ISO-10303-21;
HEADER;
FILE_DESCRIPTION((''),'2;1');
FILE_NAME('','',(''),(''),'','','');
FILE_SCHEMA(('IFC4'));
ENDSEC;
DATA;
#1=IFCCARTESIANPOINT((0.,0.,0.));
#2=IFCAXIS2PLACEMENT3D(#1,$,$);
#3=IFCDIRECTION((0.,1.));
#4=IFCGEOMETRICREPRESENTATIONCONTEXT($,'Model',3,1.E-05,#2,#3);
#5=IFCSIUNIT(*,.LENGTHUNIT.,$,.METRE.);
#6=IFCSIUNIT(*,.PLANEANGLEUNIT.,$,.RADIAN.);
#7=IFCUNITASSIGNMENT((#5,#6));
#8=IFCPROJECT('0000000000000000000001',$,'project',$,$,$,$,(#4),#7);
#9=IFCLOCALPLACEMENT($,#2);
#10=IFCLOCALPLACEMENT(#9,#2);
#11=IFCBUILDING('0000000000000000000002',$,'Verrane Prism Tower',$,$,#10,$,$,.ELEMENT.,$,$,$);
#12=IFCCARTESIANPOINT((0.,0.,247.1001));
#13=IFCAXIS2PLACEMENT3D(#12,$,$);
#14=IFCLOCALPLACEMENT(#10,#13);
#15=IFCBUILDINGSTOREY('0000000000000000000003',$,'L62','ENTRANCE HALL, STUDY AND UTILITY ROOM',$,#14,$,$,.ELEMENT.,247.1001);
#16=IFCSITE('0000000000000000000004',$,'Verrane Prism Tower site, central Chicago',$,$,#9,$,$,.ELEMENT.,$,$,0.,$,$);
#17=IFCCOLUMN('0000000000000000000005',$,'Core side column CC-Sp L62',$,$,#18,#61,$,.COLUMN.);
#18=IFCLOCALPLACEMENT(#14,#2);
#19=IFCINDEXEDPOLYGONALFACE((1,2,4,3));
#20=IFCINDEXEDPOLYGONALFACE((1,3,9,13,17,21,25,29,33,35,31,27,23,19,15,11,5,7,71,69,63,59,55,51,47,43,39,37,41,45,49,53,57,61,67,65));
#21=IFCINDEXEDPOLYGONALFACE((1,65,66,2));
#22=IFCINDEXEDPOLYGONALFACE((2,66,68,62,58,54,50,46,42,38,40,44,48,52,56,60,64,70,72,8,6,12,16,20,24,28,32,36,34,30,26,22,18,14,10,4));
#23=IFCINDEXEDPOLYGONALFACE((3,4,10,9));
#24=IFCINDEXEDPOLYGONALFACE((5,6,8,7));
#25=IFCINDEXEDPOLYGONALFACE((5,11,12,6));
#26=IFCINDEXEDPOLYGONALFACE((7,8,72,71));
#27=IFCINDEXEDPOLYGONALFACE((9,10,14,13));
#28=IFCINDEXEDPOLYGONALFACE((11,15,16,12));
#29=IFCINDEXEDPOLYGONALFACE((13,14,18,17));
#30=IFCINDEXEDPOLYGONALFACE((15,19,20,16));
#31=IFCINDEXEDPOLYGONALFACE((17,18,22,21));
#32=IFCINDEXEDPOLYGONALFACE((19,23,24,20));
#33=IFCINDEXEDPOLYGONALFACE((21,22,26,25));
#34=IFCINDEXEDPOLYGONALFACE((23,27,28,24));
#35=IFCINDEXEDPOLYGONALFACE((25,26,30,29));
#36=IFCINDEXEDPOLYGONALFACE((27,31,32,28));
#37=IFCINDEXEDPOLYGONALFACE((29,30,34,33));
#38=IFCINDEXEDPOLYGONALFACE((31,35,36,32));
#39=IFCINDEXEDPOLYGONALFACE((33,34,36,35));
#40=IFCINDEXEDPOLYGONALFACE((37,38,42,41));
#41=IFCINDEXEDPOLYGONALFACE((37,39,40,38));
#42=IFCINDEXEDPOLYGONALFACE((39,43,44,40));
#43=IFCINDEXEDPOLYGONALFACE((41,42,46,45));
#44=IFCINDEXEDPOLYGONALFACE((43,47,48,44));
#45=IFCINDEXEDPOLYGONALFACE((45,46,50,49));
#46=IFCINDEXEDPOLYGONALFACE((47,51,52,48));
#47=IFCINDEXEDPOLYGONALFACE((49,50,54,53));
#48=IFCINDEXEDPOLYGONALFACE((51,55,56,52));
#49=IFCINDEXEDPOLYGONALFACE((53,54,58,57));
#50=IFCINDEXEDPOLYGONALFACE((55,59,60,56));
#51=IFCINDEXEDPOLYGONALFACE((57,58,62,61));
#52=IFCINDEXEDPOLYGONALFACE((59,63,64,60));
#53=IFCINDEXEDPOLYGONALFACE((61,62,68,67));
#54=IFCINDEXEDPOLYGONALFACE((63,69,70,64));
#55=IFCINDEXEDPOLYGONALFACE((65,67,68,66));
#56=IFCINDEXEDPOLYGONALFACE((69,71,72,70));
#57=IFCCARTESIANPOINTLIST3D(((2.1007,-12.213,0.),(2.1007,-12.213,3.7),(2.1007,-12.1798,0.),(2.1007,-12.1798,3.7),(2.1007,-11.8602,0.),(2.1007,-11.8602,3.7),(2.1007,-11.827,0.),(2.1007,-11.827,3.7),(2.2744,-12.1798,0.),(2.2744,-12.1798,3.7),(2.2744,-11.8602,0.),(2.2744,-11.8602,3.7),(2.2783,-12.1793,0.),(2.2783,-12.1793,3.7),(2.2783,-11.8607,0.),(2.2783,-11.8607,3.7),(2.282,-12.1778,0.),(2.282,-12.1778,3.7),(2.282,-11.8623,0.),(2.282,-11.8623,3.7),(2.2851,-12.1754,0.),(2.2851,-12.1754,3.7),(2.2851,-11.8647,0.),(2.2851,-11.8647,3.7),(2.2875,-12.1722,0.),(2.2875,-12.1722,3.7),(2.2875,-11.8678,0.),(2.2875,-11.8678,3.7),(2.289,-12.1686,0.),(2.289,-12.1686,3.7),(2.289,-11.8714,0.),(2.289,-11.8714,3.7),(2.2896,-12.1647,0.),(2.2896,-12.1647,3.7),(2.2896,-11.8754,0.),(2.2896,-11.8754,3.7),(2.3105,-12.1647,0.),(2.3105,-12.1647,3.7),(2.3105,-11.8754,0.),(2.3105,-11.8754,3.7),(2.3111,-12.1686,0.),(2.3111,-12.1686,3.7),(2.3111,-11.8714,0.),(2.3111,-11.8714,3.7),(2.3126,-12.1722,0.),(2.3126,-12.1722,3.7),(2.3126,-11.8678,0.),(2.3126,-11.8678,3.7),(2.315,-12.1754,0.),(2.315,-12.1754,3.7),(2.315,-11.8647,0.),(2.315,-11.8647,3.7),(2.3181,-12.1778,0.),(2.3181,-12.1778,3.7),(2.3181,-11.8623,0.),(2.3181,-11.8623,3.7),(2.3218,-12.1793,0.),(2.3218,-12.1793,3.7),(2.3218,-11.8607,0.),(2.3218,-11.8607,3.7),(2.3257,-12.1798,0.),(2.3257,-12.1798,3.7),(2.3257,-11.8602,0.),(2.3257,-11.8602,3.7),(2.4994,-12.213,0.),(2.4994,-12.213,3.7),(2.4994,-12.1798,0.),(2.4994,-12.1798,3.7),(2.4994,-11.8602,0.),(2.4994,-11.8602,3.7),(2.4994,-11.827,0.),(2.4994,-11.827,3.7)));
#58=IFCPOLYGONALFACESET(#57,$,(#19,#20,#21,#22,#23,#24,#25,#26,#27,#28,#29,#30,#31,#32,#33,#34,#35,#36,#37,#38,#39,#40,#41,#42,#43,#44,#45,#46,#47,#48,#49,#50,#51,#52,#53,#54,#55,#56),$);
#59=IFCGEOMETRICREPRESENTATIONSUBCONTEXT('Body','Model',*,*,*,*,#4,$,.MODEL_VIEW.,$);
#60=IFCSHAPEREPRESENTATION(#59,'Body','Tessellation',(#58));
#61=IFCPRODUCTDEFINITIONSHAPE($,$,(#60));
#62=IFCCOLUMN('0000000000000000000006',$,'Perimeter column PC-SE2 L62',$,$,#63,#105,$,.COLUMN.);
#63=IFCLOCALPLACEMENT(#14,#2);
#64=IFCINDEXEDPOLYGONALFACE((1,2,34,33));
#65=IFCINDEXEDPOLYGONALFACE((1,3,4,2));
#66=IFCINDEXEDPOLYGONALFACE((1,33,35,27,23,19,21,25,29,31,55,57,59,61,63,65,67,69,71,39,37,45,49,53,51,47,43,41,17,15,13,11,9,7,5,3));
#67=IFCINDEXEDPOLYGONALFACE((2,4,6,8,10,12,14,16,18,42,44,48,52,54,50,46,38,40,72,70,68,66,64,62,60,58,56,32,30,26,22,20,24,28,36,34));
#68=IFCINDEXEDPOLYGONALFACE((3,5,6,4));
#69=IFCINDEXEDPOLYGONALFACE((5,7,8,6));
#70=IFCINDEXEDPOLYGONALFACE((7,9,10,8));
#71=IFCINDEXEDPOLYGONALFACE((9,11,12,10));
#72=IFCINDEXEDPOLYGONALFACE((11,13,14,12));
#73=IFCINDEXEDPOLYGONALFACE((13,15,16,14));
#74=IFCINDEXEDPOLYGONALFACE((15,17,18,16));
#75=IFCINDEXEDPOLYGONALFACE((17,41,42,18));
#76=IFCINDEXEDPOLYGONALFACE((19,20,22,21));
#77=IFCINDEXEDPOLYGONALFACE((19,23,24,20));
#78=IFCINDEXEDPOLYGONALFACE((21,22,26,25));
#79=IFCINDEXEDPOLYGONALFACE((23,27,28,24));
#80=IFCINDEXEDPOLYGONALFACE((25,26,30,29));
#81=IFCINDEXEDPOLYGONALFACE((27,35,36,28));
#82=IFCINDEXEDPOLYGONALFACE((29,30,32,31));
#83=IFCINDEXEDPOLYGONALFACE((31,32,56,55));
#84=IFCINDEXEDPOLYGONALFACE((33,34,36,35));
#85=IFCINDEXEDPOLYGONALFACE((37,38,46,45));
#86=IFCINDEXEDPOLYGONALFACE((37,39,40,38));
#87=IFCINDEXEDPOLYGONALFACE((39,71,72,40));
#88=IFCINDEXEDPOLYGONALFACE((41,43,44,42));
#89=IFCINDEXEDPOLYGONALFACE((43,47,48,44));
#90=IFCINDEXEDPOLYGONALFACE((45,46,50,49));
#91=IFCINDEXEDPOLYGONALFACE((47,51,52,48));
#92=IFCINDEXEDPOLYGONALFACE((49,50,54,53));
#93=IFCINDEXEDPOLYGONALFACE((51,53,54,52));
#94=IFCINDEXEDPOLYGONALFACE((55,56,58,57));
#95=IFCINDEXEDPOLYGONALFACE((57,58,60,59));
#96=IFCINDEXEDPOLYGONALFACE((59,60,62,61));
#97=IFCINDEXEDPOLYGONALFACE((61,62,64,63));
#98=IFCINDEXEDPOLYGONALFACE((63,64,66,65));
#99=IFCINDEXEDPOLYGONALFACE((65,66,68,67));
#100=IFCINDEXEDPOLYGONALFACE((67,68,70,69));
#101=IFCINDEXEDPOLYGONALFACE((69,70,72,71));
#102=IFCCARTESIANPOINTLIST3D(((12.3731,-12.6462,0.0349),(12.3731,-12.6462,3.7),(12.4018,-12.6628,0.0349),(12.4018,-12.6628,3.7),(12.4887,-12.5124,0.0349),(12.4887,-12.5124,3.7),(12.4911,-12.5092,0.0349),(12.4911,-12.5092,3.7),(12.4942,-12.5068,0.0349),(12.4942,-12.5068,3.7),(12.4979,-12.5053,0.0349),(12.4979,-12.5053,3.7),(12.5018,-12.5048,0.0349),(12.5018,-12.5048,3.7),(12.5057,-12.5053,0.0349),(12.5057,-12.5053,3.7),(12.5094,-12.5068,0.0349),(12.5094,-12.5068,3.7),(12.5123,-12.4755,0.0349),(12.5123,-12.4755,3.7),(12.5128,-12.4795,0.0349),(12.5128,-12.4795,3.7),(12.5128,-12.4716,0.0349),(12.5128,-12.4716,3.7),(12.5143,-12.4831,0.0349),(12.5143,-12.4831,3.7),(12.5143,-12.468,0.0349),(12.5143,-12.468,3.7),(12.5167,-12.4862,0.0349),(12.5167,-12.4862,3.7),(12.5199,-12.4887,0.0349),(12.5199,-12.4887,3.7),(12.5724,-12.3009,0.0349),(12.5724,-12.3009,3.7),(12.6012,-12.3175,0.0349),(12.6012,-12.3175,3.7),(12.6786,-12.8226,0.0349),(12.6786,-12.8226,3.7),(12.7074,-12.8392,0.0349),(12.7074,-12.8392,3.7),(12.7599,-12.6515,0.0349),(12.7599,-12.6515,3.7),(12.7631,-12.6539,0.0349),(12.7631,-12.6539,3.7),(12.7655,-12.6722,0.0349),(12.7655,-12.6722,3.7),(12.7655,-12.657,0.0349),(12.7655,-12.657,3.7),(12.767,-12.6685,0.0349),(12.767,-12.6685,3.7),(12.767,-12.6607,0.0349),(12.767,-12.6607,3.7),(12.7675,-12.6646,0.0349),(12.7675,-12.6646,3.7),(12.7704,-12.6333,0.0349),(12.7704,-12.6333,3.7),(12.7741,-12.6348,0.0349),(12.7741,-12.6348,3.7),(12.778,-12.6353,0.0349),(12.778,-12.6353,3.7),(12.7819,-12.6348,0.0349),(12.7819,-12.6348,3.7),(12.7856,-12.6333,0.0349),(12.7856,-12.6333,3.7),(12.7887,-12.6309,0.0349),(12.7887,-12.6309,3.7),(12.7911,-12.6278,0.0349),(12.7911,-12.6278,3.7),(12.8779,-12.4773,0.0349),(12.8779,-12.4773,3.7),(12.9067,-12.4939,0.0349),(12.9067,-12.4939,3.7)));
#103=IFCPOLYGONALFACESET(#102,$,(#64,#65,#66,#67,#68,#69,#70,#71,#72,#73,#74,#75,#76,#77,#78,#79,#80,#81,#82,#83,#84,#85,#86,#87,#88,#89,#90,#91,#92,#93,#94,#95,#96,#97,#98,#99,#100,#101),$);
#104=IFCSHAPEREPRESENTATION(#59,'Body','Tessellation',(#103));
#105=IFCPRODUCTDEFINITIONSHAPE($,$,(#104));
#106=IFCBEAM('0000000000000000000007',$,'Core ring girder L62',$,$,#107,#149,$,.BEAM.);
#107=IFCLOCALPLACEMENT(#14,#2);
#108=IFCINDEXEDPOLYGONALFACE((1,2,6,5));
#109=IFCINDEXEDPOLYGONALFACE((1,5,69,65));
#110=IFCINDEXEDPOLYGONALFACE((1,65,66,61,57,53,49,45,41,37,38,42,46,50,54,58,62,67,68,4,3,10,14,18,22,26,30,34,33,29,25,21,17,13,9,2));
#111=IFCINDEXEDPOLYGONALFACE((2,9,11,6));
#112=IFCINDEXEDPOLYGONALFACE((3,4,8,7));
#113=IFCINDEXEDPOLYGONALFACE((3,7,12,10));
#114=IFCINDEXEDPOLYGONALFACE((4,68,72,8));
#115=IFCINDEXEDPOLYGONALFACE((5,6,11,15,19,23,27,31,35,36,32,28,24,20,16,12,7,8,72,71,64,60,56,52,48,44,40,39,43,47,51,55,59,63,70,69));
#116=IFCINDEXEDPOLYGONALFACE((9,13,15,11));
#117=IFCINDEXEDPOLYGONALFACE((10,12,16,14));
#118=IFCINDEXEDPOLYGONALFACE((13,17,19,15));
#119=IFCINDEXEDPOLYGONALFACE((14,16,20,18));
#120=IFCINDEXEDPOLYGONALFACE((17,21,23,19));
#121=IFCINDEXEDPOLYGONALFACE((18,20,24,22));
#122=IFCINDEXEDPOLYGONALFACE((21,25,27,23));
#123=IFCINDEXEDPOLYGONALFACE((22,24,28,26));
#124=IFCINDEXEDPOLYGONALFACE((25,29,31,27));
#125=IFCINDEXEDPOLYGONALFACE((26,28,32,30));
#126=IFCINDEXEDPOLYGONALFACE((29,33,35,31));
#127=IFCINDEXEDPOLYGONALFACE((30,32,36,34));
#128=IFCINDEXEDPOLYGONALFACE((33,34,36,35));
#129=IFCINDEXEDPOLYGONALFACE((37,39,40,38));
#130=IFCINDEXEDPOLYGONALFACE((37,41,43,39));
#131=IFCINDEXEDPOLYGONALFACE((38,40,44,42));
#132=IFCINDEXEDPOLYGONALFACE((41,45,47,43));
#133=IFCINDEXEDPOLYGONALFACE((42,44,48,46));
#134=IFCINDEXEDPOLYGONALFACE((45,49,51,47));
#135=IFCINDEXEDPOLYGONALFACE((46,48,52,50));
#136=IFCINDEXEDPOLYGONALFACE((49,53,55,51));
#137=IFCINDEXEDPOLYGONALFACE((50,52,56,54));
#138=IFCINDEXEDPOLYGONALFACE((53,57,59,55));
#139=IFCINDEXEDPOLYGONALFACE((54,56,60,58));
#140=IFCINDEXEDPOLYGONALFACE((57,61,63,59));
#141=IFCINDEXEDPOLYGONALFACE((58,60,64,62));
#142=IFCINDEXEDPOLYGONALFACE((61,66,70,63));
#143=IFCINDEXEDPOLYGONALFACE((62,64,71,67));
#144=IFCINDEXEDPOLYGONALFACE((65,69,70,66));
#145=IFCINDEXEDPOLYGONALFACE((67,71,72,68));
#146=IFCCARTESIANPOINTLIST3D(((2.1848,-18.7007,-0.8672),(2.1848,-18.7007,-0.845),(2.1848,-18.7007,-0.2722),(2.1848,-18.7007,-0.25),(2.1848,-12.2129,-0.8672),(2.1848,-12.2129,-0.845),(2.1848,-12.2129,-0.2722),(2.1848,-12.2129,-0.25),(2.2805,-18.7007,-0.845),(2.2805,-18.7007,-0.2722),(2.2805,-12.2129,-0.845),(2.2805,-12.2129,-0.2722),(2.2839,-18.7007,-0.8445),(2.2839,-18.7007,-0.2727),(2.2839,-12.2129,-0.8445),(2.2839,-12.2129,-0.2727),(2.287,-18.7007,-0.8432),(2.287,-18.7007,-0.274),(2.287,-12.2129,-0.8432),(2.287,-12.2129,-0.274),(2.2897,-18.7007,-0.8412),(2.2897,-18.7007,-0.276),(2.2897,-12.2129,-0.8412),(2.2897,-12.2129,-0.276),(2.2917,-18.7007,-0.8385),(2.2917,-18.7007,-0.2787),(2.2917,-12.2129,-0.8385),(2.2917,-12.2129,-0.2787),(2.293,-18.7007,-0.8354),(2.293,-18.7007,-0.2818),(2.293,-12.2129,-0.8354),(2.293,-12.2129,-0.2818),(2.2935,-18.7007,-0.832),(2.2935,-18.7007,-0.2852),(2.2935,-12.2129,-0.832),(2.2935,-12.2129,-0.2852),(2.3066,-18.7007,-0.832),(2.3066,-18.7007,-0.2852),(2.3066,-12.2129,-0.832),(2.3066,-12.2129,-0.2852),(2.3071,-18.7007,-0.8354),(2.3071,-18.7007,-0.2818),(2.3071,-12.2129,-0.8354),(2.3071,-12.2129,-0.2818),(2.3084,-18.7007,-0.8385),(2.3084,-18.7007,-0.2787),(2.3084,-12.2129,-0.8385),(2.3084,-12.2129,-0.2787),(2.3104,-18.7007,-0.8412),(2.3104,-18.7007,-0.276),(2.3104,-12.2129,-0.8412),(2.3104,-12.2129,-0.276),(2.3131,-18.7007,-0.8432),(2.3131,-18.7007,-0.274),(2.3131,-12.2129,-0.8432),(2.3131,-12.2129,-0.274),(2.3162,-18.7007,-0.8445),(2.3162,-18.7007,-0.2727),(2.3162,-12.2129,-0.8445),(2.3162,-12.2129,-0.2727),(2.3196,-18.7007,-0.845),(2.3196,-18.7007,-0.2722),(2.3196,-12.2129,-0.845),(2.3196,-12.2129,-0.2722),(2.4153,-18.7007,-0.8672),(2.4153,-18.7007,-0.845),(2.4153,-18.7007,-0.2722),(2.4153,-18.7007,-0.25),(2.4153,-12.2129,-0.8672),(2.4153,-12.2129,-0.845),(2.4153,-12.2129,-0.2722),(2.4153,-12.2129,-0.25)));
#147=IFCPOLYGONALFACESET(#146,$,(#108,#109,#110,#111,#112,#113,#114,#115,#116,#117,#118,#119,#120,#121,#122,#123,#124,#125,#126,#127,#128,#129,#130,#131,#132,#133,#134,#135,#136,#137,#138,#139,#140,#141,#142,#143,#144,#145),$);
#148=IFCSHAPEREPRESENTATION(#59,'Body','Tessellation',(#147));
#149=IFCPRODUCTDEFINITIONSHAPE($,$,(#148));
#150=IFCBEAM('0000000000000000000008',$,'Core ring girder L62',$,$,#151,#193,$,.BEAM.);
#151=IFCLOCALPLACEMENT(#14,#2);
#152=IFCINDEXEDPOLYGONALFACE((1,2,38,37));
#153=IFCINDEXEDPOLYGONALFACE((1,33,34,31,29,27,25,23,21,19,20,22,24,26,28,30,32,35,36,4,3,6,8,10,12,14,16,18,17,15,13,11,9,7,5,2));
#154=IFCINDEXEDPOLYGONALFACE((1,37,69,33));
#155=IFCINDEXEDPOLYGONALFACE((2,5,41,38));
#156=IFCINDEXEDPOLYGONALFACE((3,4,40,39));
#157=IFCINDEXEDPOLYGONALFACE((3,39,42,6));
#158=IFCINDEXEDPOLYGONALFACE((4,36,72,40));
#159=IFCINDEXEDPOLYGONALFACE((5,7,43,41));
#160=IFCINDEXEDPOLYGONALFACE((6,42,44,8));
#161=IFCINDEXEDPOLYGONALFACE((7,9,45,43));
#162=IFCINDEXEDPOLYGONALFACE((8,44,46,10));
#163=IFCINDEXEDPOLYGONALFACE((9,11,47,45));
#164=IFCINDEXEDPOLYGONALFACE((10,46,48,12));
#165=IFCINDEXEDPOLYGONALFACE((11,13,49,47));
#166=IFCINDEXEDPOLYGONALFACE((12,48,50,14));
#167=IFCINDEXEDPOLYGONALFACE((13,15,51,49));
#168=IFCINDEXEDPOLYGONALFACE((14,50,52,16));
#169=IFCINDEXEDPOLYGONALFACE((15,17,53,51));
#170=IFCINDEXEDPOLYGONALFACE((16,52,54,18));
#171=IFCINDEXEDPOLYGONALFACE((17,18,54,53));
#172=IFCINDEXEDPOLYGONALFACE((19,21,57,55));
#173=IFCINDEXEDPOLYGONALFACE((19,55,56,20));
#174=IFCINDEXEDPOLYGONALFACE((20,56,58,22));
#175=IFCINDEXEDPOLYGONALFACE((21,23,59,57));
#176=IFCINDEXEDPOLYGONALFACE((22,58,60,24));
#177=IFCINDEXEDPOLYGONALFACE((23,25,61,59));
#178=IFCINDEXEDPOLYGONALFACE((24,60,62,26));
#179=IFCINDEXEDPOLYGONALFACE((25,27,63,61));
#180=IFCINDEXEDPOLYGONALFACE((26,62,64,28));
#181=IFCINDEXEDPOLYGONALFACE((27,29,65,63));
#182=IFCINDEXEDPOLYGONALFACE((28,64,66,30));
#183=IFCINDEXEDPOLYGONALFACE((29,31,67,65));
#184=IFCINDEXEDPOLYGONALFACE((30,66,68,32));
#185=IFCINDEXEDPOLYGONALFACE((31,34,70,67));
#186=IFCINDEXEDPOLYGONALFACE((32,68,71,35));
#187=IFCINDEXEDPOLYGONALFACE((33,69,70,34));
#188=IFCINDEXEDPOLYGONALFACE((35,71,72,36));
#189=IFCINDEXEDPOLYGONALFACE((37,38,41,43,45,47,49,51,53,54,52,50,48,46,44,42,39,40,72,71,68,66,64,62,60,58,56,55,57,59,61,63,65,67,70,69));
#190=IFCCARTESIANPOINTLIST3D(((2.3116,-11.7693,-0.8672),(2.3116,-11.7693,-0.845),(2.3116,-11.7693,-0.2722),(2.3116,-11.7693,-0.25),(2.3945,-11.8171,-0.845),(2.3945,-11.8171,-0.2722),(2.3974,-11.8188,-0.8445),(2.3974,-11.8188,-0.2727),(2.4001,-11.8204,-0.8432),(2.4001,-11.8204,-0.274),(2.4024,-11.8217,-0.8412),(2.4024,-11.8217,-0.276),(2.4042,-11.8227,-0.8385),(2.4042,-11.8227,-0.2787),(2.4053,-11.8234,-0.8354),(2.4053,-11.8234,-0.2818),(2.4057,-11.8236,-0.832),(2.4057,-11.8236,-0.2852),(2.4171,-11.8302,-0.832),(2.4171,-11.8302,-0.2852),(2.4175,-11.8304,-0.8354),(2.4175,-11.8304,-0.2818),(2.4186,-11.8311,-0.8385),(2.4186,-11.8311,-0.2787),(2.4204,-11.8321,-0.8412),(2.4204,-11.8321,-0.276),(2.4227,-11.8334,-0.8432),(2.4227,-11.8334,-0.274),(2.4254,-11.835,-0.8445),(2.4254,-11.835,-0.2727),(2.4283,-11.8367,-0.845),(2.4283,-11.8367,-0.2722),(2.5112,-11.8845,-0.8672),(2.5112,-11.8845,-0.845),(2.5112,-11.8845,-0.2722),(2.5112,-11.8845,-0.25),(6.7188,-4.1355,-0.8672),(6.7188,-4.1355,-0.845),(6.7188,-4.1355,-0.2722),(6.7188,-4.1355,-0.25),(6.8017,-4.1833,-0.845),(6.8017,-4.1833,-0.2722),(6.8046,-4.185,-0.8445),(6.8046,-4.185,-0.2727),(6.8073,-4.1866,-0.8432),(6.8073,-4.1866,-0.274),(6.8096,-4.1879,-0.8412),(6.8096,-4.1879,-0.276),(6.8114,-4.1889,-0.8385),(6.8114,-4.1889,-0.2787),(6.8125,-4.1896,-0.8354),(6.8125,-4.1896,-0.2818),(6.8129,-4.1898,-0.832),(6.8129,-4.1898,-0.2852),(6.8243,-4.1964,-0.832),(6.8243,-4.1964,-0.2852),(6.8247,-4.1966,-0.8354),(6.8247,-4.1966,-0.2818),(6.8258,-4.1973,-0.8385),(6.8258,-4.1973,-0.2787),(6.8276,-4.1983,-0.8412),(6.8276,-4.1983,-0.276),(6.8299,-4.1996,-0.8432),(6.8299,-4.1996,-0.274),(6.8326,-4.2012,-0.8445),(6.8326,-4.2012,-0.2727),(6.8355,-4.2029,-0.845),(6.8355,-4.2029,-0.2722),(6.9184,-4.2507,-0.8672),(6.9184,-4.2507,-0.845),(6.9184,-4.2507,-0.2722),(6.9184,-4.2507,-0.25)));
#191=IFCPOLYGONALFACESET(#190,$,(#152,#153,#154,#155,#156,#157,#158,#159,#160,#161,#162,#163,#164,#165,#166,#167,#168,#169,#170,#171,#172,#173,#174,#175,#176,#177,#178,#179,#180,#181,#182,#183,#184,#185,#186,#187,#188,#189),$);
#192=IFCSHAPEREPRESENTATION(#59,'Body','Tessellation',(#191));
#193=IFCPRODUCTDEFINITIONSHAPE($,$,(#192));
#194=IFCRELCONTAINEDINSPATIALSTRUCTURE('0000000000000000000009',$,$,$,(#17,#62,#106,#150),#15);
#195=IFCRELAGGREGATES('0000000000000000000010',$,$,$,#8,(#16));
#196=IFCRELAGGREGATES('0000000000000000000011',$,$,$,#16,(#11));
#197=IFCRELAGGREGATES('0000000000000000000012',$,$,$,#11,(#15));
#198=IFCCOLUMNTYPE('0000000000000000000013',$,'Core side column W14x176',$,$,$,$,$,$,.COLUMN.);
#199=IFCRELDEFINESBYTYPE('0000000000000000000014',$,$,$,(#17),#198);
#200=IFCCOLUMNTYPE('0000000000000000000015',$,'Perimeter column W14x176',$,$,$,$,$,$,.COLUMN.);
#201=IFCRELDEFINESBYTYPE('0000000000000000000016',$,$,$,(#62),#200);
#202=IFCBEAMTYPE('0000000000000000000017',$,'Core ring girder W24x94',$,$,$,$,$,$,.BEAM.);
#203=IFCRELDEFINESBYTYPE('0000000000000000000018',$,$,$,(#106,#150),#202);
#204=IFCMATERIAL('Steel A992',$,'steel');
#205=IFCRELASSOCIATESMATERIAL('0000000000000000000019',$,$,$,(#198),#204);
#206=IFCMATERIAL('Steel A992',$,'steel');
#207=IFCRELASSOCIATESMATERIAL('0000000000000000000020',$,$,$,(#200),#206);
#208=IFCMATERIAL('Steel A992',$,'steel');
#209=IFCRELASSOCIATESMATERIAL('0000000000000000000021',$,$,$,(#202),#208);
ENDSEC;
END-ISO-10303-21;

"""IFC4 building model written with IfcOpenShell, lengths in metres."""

from ifc_helpers import new_model, si_unit, direction, frame, origin, origin_2d, place, context, subcontext, project, spatial, i_section, extrude, material, material_profile, profile_set, type_object, element, save


model = new_model("IFC4")

# Units and contexts
model_context = context("Model", 3, precision=1e-05, world=origin(), true_north=direction((0.0, 1.0)))
body_context = subcontext(model_context, "Body", "Model", "MODEL_VIEW")
ifc_project = project(units=[si_unit("LENGTHUNIT", "METRE"), si_unit("PLANEANGLEUNIT", "RADIAN")], contexts=[model_context])

# Site, building, storey
site_placement = place(None, origin())
site = spatial("IfcSite", under=ifc_project, at=site_placement, Name="Verrane Prism Tower site, central Chicago", CompositionType="ELEMENT", RefElevation=0.0)
building_placement = place(site_placement, origin())
building = spatial("IfcBuilding", under=site, at=building_placement, Name="Verrane Prism Tower", CompositionType="ELEMENT")
storey_placement = place(building_placement, frame((0.0, 0.0, 247.1001)))
storey = spatial("IfcBuildingStorey", under=building, at=storey_placement, Name="L62", Description="ENTRANCE HALL, STUDY AND UTILITY ROOM", CompositionType="ELEMENT", Elevation=247.1001)

# Columns
ifc_material_1 = material(Name="Steel A992", Category="steel")
ifc_material_profile_1 = material_profile(ifc_material_1, i_section(OverallWidth=0.3987, OverallDepth=0.386, WebThickness=0.021, FlangeThickness=0.0332, FilletRadius=0.0151, at=origin_2d()), Name="W14x176")
ifc_profile_set_1 = profile_set([ifc_material_profile_1], Name="Steel A992")
column_type_1 = type_object("IfcColumnType", Name="Core side column W14x176", PredefinedType="COLUMN", material=ifc_profile_set_1)
column_1_placement = place(storey_placement, frame((2.3, -12.02, 0.0), z_axis=(0.0, 0.0, 1.0), x_axis=(1.0, 0.0, 0.0)))
element("IfcColumn", 1, at=column_1_placement, inside=storey, type_object=column_type_1, Name="Core side column CC-Sp L62", PredefinedType="COLUMN", context=body_context, shape_type="SweptSolid", body=[
    extrude(i_section(OverallWidth=0.3987, OverallDepth=0.386, WebThickness=0.021, FlangeThickness=0.0332, FilletRadius=0.0151, at=origin_2d()), origin(), (0.0, 0.0, 1.0), 3.7),
])
ifc_material_2 = material(Name="Steel A992", Category="steel")
ifc_material_profile_2 = material_profile(ifc_material_2, i_section(OverallWidth=0.3987, OverallDepth=0.386, WebThickness=0.021, FlangeThickness=0.0332, FilletRadius=0.0151, at=origin_2d()), Name="W14x176")
ifc_profile_set_2 = profile_set([ifc_material_profile_2], Name="Steel A992")
column_type_2 = type_object("IfcColumnType", Name="Perimeter column W14x176", PredefinedType="COLUMN", material=ifc_profile_set_2)
column_2_placement = place(storey_placement, frame((12.6399, -12.5701, 0.0349), z_axis=(0.0, 0.0, 1.0), x_axis=(-0.5, -0.866025, 0.0)))
element("IfcColumn", 2, at=column_2_placement, inside=storey, type_object=column_type_2, Name="Perimeter column PC-SE2 L62", PredefinedType="COLUMN", context=body_context, shape_type="SweptSolid", body=[
    extrude(i_section(OverallWidth=0.3987, OverallDepth=0.386, WebThickness=0.021, FlangeThickness=0.0332, FilletRadius=0.0151, at=origin_2d()), origin(), (0.0, 0.0, 1.0), 3.665),
])

# Beams
ifc_material_3 = material(Name="Steel A992", Category="steel")
ifc_material_profile_3 = material_profile(ifc_material_3, i_section(OverallWidth=0.2305, OverallDepth=0.6172, WebThickness=0.0132, FlangeThickness=0.0222, FilletRadius=0.0129, at=origin_2d()), Name="W24x94")
ifc_profile_set_3 = profile_set([ifc_material_profile_3], Name="Steel A992")
beam_type_1 = type_object("IfcBeamType", Name="Core ring girder W24x94", PredefinedType="BEAM", material=ifc_profile_set_3)
beam_1_placement = place(storey_placement, frame((2.3, -18.7007, -0.5586), z_axis=(0.0, 1.0, 0.0), x_axis=(-1.0, 0.0, 0.0)))
element("IfcBeam", 3, at=beam_1_placement, inside=storey, type_object=beam_type_1, Name="Core ring girder L62", PredefinedType="BEAM", context=body_context, shape_type="SweptSolid", body=[
    extrude(i_section(OverallWidth=0.2305, OverallDepth=0.6172, WebThickness=0.0132, FlangeThickness=0.0222, FilletRadius=0.0129, at=origin_2d()), origin(), (0.0, 0.0, 1.0), 6.4878),
])
beam_2_placement = place(storey_placement, frame((2.4114, -11.8269, -0.5586), z_axis=(0.499988, 0.866032, 0.0), x_axis=(-0.866032, 0.499988, 0.0)))
element("IfcBeam", 4, at=beam_2_placement, inside=storey, type_object=beam_type_1, Name="Core ring girder L62", PredefinedType="BEAM", context=body_context, shape_type="SweptSolid", body=[
    extrude(i_section(OverallWidth=0.2305, OverallDepth=0.6172, WebThickness=0.0132, FlangeThickness=0.0222, FilletRadius=0.0129, at=origin_2d()), origin(), (0.0, 0.0, 1.0), 8.8147),
])

save(model, "model.ifc")
